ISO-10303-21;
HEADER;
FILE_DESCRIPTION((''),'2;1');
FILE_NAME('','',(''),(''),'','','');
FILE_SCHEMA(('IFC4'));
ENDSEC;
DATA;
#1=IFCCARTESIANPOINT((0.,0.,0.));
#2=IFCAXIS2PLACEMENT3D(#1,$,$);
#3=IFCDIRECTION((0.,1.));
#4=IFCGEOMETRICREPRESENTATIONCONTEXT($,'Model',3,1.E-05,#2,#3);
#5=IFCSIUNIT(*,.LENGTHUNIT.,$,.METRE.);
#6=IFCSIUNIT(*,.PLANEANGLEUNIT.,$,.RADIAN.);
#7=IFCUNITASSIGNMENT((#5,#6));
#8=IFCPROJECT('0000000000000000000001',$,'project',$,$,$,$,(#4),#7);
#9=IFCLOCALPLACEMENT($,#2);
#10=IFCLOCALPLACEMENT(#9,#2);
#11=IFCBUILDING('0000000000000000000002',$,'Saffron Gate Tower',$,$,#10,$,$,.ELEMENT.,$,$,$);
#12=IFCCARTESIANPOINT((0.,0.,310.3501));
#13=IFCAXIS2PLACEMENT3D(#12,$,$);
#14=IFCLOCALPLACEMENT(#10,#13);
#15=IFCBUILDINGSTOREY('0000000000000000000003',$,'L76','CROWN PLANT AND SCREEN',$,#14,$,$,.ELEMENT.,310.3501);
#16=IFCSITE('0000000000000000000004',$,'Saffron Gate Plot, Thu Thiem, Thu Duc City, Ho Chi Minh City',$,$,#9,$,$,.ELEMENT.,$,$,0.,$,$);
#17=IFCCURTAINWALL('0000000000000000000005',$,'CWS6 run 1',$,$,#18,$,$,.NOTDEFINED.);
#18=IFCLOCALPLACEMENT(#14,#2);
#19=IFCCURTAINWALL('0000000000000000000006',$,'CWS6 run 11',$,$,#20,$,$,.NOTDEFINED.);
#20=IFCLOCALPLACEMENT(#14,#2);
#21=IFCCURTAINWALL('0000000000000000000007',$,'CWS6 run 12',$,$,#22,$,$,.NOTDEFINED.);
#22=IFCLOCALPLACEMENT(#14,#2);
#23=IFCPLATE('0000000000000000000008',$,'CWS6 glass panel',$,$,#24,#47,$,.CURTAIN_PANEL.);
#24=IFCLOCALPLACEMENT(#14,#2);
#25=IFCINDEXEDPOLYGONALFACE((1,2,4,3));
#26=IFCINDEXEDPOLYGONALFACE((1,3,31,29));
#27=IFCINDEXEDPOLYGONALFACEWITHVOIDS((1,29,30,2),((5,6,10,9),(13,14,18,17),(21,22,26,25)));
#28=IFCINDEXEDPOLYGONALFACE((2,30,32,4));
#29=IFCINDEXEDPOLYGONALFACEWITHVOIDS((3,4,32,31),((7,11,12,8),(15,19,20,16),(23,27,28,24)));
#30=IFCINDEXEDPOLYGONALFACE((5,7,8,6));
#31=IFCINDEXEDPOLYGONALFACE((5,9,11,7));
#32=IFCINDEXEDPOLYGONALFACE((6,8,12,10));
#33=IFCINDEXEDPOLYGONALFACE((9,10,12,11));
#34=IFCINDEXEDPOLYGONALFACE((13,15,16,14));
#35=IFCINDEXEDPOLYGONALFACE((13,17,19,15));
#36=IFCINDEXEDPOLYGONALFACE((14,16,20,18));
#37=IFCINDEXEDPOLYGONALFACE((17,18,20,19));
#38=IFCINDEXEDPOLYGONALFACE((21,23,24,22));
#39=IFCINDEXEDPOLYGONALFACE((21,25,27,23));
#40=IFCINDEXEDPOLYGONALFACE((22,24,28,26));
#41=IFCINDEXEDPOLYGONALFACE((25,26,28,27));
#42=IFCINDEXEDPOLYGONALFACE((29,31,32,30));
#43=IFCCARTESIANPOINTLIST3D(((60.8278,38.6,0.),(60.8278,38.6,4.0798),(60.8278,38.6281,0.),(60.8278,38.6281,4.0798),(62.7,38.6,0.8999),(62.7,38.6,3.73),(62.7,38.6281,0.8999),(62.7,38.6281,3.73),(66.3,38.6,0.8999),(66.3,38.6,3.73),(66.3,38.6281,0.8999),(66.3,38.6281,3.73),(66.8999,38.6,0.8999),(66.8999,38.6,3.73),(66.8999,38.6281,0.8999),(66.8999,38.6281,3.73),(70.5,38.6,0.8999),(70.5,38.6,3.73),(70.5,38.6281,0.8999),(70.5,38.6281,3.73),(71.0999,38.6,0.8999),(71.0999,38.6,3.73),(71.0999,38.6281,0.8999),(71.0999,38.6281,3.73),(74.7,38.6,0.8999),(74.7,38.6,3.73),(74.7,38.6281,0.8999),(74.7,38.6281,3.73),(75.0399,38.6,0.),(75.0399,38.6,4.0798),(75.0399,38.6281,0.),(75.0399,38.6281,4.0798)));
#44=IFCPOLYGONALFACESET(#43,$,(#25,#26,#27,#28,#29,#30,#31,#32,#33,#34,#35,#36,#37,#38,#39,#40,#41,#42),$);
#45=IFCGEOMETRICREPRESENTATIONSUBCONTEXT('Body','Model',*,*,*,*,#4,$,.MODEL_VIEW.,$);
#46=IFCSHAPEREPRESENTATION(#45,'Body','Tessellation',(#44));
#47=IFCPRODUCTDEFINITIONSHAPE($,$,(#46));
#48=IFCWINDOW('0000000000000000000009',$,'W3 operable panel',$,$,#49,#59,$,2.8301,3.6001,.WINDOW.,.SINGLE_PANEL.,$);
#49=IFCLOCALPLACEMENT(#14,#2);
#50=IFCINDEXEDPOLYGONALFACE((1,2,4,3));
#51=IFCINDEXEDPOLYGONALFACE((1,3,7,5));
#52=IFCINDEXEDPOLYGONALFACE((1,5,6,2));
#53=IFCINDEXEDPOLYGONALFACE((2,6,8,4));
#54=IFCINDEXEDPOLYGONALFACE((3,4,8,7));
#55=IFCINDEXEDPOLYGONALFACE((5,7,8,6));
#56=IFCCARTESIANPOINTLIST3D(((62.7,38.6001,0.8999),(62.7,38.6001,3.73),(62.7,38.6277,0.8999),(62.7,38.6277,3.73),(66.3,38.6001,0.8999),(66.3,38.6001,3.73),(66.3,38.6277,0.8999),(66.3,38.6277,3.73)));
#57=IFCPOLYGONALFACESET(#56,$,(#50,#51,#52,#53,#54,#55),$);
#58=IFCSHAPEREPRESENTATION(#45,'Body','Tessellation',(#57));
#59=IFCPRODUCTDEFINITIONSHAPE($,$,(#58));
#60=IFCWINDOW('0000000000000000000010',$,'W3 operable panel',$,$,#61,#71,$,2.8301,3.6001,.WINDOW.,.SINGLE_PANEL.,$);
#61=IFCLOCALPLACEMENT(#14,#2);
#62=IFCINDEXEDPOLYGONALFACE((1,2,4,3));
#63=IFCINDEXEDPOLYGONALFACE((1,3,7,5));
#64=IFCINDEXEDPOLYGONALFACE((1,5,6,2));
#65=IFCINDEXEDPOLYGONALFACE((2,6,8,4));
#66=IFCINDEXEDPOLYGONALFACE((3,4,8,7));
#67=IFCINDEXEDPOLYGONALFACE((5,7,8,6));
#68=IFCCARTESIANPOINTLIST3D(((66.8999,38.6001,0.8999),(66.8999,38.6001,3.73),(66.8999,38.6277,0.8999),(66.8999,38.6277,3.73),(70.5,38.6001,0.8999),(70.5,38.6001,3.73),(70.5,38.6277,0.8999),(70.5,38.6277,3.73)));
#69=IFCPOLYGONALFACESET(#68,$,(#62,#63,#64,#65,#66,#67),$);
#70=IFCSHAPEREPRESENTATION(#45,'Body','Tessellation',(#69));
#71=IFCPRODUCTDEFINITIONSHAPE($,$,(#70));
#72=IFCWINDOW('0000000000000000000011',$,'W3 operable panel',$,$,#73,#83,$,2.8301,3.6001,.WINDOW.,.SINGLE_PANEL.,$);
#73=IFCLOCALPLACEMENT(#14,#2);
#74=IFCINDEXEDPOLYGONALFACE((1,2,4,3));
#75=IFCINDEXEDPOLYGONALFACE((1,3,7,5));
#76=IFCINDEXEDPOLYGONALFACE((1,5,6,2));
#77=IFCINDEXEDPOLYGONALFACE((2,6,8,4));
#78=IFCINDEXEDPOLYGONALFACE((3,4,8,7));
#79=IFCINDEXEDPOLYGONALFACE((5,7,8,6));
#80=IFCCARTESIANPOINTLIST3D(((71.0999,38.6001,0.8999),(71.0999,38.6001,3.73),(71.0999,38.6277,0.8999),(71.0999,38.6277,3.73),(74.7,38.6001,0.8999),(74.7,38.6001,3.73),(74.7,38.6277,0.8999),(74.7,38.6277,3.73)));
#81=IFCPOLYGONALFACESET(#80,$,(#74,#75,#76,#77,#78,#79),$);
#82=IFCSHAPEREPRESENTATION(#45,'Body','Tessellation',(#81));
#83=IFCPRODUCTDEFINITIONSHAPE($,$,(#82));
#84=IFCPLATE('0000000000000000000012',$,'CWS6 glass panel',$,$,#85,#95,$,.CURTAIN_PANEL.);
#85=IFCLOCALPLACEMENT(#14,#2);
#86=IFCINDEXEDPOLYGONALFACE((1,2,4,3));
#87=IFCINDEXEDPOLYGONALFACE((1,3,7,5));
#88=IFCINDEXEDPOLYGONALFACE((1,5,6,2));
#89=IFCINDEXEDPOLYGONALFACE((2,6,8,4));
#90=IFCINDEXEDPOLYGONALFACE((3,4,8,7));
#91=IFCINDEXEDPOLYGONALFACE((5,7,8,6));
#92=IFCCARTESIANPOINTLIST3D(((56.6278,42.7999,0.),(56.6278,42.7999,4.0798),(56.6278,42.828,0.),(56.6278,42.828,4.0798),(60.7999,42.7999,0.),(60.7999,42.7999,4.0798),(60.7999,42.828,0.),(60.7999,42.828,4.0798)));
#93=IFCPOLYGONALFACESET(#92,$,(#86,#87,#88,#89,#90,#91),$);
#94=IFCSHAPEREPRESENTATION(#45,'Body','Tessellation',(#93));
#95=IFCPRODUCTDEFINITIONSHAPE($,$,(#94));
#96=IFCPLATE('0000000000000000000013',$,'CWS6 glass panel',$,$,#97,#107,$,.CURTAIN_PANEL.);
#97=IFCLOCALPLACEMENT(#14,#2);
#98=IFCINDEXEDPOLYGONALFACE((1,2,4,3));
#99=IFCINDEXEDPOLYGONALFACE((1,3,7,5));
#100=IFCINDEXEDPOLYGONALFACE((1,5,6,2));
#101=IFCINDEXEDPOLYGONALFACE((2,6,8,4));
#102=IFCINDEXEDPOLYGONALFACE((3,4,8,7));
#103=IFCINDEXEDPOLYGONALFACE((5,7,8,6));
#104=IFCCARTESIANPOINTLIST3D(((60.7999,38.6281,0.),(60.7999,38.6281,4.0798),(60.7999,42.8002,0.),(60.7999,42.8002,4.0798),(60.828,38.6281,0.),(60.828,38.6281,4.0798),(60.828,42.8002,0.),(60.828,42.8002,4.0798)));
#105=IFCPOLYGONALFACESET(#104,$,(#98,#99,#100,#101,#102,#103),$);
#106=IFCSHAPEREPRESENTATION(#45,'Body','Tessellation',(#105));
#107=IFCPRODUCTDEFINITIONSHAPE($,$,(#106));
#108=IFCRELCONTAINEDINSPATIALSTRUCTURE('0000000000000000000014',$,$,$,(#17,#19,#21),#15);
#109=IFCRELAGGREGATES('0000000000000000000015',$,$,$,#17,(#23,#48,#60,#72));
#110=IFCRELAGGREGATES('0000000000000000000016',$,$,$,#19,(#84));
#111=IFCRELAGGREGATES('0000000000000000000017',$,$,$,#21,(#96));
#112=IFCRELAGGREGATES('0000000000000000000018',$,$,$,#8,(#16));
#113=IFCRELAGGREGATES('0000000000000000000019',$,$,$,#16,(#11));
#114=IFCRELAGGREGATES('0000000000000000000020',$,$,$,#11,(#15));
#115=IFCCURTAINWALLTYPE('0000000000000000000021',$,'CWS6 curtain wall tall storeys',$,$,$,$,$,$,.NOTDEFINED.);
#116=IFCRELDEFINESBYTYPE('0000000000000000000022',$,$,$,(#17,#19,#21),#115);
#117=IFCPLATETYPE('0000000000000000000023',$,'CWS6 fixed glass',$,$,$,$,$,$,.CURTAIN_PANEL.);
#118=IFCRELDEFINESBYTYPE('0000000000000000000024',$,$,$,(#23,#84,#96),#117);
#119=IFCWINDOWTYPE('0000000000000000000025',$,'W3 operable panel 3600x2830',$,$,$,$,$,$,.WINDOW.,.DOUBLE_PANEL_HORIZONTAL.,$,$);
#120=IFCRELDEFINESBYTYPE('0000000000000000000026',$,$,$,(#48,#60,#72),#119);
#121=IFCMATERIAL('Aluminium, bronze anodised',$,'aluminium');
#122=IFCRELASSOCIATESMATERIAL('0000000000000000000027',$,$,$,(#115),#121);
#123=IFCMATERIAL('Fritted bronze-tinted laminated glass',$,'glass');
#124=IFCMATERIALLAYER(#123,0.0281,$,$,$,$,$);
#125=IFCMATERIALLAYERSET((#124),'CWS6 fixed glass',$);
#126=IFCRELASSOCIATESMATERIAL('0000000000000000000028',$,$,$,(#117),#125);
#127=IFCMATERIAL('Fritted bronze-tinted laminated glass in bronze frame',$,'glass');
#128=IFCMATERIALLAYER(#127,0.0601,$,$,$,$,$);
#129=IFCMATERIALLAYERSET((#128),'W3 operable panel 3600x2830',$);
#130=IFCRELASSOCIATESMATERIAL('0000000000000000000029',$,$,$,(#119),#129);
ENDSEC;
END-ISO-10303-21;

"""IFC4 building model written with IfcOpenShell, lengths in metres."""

from ifc_helpers import new_model, si_unit, direction, frame, frame_2d, origin, place, context, subcontext, project, spatial, rectangle, extrude, material, layer, layer_set, type_object, element, fill, aggregate, save


model = new_model("IFC4")

# Units and contexts
model_context = context("Model", 3, precision=1e-05, world=origin(), true_north=direction((0.0, 1.0)))
body_context = subcontext(model_context, "Body", "Model", "MODEL_VIEW")
ifc_project = project(units=[si_unit("LENGTHUNIT", "METRE"), si_unit("PLANEANGLEUNIT", "RADIAN")], contexts=[model_context])

# Site, building, storey
site_placement = place(None, origin())
site = spatial("IfcSite", under=ifc_project, at=site_placement, Name="Saffron Gate Plot, Thu Thiem, Thu Duc City, Ho Chi Minh City", CompositionType="ELEMENT", RefElevation=0.0)
building_placement = place(site_placement, origin())
building = spatial("IfcBuilding", under=site, at=building_placement, Name="Saffron Gate Tower", CompositionType="ELEMENT")
storey_placement = place(building_placement, frame((0.0, 0.0, 310.3501)))
storey = spatial("IfcBuildingStorey", under=building, at=storey_placement, Name="L76", Description="CROWN PLANT AND SCREEN", CompositionType="ELEMENT", Elevation=310.3501)

# Curtain walls
ifc_material_1 = material(Name="Aluminium, bronze anodised", Category="aluminium")
curtain_wall_type = type_object("IfcCurtainWallType", Name="CWS6 curtain wall tall storeys", PredefinedType="NOTDEFINED", material=ifc_material_1)
curtain_wall_1_placement = place(storey_placement, origin())
curtain_wall_1 = element("IfcCurtainWall", 1, at=curtain_wall_1_placement, inside=storey, type_object=curtain_wall_type, Name="CWS6 run 1", PredefinedType="NOTDEFINED")
curtain_wall_2_placement = place(storey_placement, origin())
curtain_wall_2 = element("IfcCurtainWall", 2, at=curtain_wall_2_placement, inside=storey, type_object=curtain_wall_type, Name="CWS6 run 11", PredefinedType="NOTDEFINED")
curtain_wall_3_placement = place(storey_placement, origin())
curtain_wall_3 = element("IfcCurtainWall", 3, at=curtain_wall_3_placement, inside=storey, type_object=curtain_wall_type, Name="CWS6 run 12", PredefinedType="NOTDEFINED")

# Plate, openings, windows
ifc_material_2 = material(Name="Fritted bronze-tinted laminated glass", Category="glass")
ifc_layer_1 = layer(ifc_material_2, 0.0281)
ifc_layer_set_1 = layer_set([ifc_layer_1], Name="CWS6 fixed glass")
plate_type = type_object("IfcPlateType", Name="CWS6 fixed glass", PredefinedType="CURTAIN_PANEL", material=ifc_layer_set_1)
plate_1_placement = place(storey_placement, frame((60.8279, 38.614, 0.0), z_axis=(0.0, 0.0, 1.0), x_axis=(1.0, 0.0, 0.0)))
plate_1 = element("IfcPlate", 4, at=plate_1_placement, type_object=plate_type, Name="CWS6 glass panel", PredefinedType="CURTAIN_PANEL", context=body_context, shape_type="SweptSolid", body=[
    extrude(rectangle(XDim=14.2122, YDim=0.0281, at=frame_2d((7.106, 0.0))), origin(), (0.0, 0.0, 1.0), 4.0798),
])
opening_1_placement = place(plate_1_placement, frame((1.8721, 0.0, 0.8999)))
opening_1 = element("IfcOpeningElement", 5, at=opening_1_placement, cuts=plate_1, PredefinedType="OPENING", context=body_context, shape_type="SweptSolid", body=[
    extrude(rectangle(XDim=3.6001, YDim=2.8301, at=frame_2d((1.8, 1.415))), frame((0.0, 0.0239, 0.0), z_axis=(0.0, -1.0, 0.0), x_axis=(1.0, 0.0, 0.0)), (0.0, 0.0, 1.0), 0.0481),
])
opening_2_placement = place(plate_1_placement, frame((6.072, 0.0, 0.8999)))
opening_2 = element("IfcOpeningElement", 6, at=opening_2_placement, cuts=plate_1, PredefinedType="OPENING", context=body_context, shape_type="SweptSolid", body=[
    extrude(rectangle(XDim=3.6001, YDim=2.8301, at=frame_2d((1.8, 1.415))), frame((0.0, 0.0239, 0.0), z_axis=(0.0, -1.0, 0.0), x_axis=(1.0, 0.0, 0.0)), (0.0, 0.0, 1.0), 0.0481),
])
opening_3_placement = place(plate_1_placement, frame((10.272, 0.0, 0.8999)))
opening_3 = element("IfcOpeningElement", 7, at=opening_3_placement, cuts=plate_1, PredefinedType="OPENING", context=body_context, shape_type="SweptSolid", body=[
    extrude(rectangle(XDim=3.6001, YDim=2.8301, at=frame_2d((1.8, 1.415))), frame((0.0, 0.0239, 0.0), z_axis=(0.0, -1.0, 0.0), x_axis=(1.0, 0.0, 0.0)), (0.0, 0.0, 1.0), 0.0481),
])
ifc_material_3 = material(Name="Fritted bronze-tinted laminated glass in bronze frame", Category="glass")
ifc_layer_2 = layer(ifc_material_3, 0.0601)
ifc_layer_set_2 = layer_set([ifc_layer_2], Name="W3 operable panel 3600x2830")
window_type = type_object("IfcWindowType", Name="W3 operable panel 3600x2830", PartitioningType="DOUBLE_PANEL_HORIZONTAL", PredefinedType="WINDOW", material=ifc_layer_set_2)
window_1_placement = place(opening_1_placement, origin())
window_1 = element("IfcWindow", 8, at=window_1_placement, type_object=window_type, Name="W3 operable panel", OverallHeight=2.8301, OverallWidth=3.6001, PartitioningType="SINGLE_PANEL", PredefinedType="WINDOW", context=body_context, shape_type="SweptSolid", body=[
    extrude(rectangle(XDim=3.6001, YDim=2.8301, at=frame_2d((1.8, 1.415))), frame((0.0, 0.0137, 0.0), z_axis=(0.0, -1.0, 0.0), x_axis=(1.0, 0.0, 0.0)), (0.0, 0.0, 1.0), 0.0276),
])
fill(opening_1, window_1)
window_2_placement = place(opening_2_placement, origin())
window_2 = element("IfcWindow", 9, at=window_2_placement, type_object=window_type, Name="W3 operable panel", OverallHeight=2.8301, OverallWidth=3.6001, PartitioningType="SINGLE_PANEL", PredefinedType="WINDOW", context=body_context, shape_type="SweptSolid", body=[
    extrude(rectangle(XDim=3.6001, YDim=2.8301, at=frame_2d((1.8, 1.415))), frame((0.0, 0.0137, 0.0), z_axis=(0.0, -1.0, 0.0), x_axis=(1.0, 0.0, 0.0)), (0.0, 0.0, 1.0), 0.0276),
])
fill(opening_2, window_2)
window_3_placement = place(opening_3_placement, origin())
window_3 = element("IfcWindow", 10, at=window_3_placement, type_object=window_type, Name="W3 operable panel", OverallHeight=2.8301, OverallWidth=3.6001, PartitioningType="SINGLE_PANEL", PredefinedType="WINDOW", context=body_context, shape_type="SweptSolid", body=[
    extrude(rectangle(XDim=3.6001, YDim=2.8301, at=frame_2d((1.8, 1.415))), frame((0.0, 0.0137, 0.0), z_axis=(0.0, -1.0, 0.0), x_axis=(1.0, 0.0, 0.0)), (0.0, 0.0, 1.0), 0.0276),
])
fill(opening_3, window_3)
aggregate(curtain_wall_1, [plate_1, window_1, window_2, window_3])

# Plates
plate_2_placement = place(storey_placement, frame((56.6279, 42.814, 0.0), z_axis=(0.0, 0.0, 1.0), x_axis=(1.0, 0.0, 0.0)))
plate_2 = element("IfcPlate", 11, at=plate_2_placement, type_object=plate_type, Name="CWS6 glass panel", PredefinedType="CURTAIN_PANEL", context=body_context, shape_type="SweptSolid", body=[
    extrude(rectangle(XDim=4.1721, YDim=0.0281, at=frame_2d((2.0859, 0.0))), origin(), (0.0, 0.0, 1.0), 4.0798),
])
aggregate(curtain_wall_2, [plate_2])
plate_3_placement = place(storey_placement, frame((60.814, 42.8, 0.0), z_axis=(0.0, 0.0, 1.0), x_axis=(0.0, -1.0, 0.0)))
plate_3 = element("IfcPlate", 12, at=plate_3_placement, type_object=plate_type, Name="CWS6 glass panel", PredefinedType="CURTAIN_PANEL", context=body_context, shape_type="SweptSolid", body=[
    extrude(rectangle(XDim=4.1721, YDim=0.0281, at=frame_2d((2.0859, 0.0))), origin(), (0.0, 0.0, 1.0), 4.0798),
])
aggregate(curtain_wall_3, [plate_3])

save(model, "model.ifc")
